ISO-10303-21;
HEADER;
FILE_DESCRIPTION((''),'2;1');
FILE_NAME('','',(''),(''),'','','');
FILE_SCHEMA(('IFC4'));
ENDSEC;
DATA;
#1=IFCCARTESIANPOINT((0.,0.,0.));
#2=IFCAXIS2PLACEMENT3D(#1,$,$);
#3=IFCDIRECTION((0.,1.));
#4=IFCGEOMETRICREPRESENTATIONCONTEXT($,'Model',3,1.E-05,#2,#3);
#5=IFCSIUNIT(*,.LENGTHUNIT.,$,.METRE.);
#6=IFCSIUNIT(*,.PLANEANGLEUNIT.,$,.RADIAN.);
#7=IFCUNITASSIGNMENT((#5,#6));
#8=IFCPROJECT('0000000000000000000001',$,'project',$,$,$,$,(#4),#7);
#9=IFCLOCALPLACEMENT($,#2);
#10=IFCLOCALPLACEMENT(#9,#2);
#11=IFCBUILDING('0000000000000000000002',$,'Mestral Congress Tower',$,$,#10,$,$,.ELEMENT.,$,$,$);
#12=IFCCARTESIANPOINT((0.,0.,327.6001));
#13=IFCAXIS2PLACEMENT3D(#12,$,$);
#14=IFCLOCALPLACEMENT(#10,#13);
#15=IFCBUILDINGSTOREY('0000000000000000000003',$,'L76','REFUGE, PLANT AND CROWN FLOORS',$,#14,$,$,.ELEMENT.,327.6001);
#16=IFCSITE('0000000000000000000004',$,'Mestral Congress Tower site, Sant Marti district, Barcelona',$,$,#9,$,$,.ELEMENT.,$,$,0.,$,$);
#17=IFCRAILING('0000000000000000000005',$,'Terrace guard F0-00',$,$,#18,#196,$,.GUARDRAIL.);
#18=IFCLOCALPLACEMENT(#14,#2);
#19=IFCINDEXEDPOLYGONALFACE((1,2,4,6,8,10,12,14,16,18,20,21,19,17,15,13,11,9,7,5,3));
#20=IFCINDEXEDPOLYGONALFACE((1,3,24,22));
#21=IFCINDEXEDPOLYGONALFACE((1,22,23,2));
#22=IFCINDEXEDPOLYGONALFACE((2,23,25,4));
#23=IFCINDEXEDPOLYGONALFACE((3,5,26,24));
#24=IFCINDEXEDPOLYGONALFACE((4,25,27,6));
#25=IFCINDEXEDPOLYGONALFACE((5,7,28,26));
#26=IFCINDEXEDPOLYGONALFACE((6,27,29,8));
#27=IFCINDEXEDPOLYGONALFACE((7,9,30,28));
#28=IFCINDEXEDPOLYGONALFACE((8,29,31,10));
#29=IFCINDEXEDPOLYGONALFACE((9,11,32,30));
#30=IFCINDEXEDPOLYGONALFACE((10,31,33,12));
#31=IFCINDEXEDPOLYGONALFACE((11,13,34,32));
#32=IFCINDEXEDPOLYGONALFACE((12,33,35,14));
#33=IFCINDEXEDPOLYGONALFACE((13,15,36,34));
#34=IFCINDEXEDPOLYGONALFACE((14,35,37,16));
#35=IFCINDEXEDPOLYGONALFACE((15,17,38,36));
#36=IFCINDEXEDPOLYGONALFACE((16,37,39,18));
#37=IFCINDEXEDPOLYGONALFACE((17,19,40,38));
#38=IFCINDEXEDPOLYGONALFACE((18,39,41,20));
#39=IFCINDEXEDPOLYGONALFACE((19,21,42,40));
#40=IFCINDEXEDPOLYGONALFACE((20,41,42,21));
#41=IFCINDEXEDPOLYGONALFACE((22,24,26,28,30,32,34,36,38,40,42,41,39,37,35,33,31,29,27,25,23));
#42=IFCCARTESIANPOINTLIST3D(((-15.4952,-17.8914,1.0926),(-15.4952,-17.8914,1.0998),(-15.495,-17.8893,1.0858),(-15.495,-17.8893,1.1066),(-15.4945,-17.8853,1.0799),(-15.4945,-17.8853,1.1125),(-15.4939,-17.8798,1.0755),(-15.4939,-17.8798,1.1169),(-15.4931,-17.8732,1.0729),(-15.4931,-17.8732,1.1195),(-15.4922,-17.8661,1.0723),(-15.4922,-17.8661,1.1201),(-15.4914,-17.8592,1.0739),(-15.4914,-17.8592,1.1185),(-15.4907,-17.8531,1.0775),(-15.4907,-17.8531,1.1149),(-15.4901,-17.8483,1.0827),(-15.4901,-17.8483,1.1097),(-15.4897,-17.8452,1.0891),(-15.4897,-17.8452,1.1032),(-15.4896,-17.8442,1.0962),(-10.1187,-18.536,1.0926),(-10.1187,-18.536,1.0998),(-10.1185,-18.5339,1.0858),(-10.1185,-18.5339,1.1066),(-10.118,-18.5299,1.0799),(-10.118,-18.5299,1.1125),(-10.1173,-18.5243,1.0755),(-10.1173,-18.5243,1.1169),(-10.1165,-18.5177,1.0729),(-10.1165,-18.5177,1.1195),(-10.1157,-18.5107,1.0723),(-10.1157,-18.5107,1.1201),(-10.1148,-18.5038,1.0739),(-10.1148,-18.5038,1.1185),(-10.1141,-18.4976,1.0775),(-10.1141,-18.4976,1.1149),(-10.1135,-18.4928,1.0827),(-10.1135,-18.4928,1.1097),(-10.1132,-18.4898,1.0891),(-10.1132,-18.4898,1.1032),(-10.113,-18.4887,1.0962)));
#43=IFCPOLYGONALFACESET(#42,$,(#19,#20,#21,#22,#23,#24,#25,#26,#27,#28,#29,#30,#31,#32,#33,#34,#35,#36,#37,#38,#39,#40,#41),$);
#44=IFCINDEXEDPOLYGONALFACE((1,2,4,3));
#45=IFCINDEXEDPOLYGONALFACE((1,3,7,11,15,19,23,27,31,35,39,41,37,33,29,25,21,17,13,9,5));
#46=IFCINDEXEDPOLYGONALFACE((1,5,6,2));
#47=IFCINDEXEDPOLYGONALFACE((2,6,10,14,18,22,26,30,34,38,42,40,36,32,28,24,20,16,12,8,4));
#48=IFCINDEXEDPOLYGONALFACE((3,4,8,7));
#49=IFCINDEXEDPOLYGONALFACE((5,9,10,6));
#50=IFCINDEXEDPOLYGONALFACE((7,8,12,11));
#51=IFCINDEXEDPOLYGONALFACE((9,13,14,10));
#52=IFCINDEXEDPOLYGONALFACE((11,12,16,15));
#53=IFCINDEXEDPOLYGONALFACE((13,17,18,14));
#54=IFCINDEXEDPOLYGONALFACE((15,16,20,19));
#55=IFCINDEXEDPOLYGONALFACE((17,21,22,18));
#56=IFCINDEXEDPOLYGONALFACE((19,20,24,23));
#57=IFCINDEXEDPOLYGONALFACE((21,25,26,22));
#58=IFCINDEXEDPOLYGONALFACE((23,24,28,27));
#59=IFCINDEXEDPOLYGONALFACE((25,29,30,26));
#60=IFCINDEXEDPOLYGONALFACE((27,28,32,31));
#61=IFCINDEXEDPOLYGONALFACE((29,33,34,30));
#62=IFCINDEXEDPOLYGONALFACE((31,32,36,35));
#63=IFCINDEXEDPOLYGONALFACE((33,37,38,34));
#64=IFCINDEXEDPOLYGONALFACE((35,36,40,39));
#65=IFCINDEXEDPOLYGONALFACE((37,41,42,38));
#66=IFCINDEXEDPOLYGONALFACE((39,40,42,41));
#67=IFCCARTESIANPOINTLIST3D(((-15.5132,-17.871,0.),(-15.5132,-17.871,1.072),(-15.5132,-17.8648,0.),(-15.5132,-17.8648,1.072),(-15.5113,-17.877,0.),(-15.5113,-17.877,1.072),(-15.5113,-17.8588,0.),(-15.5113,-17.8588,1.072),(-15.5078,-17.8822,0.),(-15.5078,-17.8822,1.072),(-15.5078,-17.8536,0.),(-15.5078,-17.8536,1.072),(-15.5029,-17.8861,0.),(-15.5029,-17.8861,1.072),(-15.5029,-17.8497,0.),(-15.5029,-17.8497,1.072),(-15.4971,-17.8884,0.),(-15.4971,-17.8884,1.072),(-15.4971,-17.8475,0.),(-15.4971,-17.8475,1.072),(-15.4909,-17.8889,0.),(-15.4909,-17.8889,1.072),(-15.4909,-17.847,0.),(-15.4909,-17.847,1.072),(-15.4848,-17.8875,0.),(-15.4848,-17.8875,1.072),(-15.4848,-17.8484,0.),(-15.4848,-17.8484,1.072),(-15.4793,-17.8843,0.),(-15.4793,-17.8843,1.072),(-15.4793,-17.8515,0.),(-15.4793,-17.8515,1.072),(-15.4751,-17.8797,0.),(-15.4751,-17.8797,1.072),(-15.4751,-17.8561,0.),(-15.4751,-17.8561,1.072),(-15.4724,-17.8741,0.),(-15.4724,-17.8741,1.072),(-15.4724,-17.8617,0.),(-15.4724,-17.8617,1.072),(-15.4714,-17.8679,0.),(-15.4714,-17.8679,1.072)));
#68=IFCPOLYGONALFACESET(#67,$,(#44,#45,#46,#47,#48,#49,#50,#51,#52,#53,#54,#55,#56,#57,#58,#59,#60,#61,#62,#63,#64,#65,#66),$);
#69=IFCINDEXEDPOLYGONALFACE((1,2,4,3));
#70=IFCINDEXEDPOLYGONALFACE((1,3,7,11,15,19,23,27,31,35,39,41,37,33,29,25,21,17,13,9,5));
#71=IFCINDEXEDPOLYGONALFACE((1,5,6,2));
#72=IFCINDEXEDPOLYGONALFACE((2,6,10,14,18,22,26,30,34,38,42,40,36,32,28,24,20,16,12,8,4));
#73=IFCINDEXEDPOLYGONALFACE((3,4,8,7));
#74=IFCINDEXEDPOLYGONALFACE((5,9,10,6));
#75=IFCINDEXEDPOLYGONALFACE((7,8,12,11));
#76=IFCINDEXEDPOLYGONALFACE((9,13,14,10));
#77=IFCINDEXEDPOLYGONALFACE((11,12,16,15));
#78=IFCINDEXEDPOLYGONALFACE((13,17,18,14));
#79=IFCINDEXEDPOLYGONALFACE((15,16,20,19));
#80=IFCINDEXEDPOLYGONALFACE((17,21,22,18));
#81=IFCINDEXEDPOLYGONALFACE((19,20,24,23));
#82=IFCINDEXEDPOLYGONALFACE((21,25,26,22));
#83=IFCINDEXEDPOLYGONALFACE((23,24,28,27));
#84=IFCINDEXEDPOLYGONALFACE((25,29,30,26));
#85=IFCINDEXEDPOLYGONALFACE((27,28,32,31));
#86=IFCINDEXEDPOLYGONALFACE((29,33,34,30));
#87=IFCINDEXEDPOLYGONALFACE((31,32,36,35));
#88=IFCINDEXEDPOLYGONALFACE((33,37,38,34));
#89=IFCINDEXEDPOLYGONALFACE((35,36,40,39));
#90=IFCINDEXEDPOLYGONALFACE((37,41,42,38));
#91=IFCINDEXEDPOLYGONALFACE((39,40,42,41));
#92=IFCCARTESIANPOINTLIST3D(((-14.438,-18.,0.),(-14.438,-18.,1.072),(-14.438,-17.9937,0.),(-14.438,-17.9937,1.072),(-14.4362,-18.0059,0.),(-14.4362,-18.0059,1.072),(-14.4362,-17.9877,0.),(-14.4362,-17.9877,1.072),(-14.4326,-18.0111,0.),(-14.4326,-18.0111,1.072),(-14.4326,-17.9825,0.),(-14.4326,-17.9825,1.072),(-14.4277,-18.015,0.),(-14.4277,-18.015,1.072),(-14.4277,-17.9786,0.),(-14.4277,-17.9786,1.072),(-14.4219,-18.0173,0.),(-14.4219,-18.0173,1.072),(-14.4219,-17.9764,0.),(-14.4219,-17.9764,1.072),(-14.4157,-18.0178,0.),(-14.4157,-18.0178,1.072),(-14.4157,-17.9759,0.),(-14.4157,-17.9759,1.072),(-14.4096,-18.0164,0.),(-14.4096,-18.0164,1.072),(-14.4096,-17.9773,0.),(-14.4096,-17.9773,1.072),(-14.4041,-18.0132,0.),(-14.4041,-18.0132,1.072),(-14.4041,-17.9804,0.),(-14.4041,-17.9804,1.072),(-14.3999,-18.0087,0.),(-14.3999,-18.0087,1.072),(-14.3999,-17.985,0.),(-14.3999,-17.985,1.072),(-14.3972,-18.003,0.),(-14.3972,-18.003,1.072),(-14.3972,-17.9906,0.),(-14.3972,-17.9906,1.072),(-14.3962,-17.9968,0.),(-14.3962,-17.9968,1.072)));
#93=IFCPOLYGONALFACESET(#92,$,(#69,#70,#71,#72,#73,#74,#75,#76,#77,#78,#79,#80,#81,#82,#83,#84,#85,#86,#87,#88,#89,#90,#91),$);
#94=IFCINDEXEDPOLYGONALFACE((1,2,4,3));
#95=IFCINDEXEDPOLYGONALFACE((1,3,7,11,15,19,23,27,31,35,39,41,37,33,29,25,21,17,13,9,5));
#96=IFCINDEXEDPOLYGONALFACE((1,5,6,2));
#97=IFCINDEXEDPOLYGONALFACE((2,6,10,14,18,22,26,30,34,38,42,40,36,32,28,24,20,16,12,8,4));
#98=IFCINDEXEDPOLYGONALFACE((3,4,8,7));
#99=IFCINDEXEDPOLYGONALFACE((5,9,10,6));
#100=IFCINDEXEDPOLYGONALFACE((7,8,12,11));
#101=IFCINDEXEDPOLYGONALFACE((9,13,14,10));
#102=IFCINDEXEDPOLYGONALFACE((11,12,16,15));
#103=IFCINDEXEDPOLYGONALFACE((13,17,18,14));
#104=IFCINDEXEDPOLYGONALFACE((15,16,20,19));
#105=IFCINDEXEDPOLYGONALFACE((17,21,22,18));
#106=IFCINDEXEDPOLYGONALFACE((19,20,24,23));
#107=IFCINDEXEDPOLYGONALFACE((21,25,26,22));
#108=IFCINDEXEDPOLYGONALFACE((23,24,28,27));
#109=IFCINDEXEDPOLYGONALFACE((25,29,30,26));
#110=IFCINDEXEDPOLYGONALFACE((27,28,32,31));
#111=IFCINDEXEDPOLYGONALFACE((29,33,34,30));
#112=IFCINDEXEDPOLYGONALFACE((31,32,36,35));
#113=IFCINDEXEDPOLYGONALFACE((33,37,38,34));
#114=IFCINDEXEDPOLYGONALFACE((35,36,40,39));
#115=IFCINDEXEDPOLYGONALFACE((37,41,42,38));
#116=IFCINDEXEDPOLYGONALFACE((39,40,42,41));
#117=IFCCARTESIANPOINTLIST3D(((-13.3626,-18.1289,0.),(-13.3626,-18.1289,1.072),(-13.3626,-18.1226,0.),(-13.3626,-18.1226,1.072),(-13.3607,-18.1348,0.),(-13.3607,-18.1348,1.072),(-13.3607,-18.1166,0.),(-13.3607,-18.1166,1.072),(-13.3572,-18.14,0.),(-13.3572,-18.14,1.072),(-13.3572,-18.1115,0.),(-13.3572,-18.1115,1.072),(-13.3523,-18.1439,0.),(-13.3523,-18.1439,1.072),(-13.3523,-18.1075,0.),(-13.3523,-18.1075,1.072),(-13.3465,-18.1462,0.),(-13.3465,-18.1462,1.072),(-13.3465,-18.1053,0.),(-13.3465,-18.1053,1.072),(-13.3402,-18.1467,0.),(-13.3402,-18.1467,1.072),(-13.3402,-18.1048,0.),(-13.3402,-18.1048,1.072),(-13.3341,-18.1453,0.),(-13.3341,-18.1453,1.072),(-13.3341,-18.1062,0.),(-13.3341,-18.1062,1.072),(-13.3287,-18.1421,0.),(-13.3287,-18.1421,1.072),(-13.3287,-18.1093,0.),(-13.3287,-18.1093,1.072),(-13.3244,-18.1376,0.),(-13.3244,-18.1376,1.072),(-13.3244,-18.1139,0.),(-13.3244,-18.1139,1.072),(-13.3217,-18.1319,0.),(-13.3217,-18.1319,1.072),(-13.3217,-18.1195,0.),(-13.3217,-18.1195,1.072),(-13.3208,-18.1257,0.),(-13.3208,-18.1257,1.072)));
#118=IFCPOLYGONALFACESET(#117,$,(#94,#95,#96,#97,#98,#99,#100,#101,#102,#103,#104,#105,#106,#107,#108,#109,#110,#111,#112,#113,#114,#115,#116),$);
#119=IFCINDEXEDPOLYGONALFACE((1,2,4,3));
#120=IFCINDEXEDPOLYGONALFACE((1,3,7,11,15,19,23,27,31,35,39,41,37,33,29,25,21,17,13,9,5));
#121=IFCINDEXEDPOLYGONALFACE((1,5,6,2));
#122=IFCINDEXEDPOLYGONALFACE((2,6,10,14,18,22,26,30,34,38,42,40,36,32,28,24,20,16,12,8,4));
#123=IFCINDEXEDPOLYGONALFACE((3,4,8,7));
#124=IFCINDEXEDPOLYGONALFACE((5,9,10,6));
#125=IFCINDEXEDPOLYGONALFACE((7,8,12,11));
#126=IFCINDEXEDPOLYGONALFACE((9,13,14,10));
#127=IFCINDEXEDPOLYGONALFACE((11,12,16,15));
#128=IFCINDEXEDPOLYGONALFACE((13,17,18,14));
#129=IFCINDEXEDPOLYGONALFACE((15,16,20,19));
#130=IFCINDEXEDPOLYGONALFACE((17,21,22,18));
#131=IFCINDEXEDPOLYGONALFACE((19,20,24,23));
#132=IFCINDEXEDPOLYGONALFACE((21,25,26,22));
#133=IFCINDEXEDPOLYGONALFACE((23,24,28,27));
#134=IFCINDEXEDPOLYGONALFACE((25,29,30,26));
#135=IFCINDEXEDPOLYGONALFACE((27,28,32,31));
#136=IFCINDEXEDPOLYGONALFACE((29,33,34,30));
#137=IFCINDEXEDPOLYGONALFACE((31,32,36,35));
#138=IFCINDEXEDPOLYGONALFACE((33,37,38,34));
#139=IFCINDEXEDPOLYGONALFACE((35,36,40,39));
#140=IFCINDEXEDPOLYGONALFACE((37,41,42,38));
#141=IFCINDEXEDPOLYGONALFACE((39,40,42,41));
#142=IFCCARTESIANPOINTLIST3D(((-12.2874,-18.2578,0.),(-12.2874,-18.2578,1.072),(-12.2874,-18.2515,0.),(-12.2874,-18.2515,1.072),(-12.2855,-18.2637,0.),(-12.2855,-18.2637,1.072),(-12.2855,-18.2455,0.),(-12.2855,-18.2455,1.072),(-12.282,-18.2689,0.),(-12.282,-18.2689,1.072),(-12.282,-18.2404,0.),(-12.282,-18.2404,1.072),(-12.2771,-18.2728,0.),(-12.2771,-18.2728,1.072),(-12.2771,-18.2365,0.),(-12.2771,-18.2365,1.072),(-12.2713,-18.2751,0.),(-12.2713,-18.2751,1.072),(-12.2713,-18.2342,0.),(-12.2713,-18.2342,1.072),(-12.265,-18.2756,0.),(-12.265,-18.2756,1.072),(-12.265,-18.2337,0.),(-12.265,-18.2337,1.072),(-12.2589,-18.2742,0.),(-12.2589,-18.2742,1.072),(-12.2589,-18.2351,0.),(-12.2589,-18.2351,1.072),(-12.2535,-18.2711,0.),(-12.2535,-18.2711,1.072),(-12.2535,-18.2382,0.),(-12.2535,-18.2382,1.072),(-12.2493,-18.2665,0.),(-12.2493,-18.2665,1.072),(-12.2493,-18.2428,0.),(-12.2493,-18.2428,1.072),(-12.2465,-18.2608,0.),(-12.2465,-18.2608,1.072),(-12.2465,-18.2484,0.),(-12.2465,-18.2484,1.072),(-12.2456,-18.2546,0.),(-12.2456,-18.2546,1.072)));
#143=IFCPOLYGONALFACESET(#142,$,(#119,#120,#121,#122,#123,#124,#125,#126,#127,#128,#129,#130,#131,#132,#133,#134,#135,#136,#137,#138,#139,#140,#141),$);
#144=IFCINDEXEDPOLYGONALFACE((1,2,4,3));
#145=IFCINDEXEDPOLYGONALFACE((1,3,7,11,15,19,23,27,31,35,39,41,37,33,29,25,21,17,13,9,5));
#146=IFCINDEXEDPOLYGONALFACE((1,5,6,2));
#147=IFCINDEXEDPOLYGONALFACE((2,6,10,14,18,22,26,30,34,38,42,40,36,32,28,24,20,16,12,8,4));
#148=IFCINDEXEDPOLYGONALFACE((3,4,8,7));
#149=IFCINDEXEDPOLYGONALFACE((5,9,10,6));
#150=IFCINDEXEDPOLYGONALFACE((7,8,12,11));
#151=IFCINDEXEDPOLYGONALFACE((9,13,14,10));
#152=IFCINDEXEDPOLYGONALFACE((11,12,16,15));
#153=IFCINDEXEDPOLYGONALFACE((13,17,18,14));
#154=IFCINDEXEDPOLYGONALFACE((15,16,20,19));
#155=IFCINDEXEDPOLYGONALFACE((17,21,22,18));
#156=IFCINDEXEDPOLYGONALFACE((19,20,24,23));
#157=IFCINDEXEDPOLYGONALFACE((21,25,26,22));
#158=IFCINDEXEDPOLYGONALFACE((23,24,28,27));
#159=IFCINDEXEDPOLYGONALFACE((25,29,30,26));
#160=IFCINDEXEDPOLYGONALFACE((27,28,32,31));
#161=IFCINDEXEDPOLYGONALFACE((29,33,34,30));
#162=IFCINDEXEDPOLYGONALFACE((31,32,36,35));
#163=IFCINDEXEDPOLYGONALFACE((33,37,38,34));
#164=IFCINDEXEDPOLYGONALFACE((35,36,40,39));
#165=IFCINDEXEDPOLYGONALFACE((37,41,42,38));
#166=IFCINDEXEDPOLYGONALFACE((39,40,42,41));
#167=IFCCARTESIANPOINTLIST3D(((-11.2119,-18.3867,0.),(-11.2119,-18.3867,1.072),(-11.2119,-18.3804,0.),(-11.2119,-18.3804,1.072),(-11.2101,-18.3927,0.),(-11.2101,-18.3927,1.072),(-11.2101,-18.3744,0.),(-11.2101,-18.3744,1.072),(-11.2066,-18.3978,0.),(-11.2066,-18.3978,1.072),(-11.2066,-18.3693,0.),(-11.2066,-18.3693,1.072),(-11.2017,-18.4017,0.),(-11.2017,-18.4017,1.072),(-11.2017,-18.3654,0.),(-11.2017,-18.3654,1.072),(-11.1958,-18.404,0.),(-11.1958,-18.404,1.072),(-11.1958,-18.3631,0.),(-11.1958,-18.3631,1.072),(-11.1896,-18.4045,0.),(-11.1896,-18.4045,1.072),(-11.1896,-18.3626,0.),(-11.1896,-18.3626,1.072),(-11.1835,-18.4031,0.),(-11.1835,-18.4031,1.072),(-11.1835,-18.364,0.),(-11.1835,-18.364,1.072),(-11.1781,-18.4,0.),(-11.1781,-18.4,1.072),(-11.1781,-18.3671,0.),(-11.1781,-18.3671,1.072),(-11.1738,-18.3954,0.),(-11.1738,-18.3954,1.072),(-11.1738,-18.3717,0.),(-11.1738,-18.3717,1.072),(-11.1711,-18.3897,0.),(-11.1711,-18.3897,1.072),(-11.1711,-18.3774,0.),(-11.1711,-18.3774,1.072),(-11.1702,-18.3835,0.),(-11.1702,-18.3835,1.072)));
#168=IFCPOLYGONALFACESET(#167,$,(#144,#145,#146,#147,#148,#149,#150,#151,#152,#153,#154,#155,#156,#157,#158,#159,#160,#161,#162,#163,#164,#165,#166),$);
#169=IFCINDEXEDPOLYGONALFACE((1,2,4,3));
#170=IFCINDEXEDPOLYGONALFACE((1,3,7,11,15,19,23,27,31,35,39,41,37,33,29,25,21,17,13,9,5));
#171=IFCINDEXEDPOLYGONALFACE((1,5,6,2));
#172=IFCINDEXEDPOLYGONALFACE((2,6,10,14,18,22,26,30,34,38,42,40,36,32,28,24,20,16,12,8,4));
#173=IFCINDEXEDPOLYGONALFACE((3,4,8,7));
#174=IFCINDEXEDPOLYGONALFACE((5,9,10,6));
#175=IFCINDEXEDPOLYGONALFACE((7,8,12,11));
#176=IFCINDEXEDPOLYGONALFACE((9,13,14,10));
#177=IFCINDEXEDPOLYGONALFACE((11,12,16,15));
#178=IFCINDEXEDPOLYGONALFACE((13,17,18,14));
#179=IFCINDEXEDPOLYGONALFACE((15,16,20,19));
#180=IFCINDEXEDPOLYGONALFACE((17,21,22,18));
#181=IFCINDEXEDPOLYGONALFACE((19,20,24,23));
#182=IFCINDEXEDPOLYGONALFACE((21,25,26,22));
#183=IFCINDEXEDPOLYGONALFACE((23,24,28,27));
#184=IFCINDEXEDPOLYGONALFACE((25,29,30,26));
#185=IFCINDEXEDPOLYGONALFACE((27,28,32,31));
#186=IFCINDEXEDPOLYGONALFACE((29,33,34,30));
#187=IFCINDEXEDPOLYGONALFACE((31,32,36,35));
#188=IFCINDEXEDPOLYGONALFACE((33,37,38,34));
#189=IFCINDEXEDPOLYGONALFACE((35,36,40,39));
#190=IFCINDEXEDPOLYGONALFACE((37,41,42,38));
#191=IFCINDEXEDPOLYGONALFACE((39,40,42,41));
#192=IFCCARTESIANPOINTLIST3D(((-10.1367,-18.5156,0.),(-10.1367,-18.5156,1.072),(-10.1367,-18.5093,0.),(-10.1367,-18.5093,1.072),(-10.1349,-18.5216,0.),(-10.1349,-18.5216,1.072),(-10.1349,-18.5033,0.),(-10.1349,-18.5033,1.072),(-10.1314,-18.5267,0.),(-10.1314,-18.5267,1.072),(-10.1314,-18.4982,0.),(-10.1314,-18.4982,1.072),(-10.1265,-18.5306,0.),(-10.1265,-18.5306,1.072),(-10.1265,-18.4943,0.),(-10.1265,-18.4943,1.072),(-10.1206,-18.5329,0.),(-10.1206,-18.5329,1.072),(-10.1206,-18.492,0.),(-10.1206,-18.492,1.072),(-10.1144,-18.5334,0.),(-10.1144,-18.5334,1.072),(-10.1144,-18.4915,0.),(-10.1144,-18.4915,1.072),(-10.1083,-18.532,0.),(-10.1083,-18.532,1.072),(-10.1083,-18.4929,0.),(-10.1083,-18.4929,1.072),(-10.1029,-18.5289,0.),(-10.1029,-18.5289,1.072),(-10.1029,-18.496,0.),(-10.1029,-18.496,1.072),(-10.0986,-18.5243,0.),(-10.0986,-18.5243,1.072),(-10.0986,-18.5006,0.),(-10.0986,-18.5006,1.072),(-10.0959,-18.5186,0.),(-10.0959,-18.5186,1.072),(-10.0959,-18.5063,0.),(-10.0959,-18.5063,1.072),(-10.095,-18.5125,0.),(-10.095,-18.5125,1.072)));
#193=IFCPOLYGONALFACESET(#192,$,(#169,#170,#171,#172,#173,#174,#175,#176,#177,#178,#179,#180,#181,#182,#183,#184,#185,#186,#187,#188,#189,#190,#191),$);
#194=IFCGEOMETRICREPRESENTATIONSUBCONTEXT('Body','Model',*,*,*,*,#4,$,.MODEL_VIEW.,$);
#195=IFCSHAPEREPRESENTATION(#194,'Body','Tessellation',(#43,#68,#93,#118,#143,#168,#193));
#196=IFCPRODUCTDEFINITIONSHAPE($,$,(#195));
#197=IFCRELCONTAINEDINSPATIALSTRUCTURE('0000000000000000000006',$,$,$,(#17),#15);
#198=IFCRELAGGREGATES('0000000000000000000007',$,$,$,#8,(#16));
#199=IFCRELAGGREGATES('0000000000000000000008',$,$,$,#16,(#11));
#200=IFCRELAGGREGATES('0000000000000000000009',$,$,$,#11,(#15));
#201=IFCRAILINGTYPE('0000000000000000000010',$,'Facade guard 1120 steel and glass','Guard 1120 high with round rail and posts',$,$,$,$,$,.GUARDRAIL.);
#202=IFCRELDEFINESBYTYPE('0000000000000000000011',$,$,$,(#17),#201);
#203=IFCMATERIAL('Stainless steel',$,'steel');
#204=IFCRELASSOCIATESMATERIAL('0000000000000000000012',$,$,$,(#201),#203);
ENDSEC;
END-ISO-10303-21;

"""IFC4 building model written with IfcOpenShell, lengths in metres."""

from ifc_helpers import new_model, si_unit, direction, frame, origin, origin_2d, place, context, subcontext, project, spatial, circle, extrude, material, type_object, element, save


model = new_model("IFC4")

# Units and contexts
model_context = context("Model", 3, precision=1e-05, world=origin(), true_north=direction((0.0, 1.0)))
body_context = subcontext(model_context, "Body", "Model", "MODEL_VIEW")
ifc_project = project(units=[si_unit("LENGTHUNIT", "METRE"), si_unit("PLANEANGLEUNIT", "RADIAN")], contexts=[model_context])

# Site, building, storey
site_placement = place(None, origin())
site = spatial("IfcSite", under=ifc_project, at=site_placement, Name="Mestral Congress Tower site, Sant Marti district, Barcelona", CompositionType="ELEMENT", RefElevation=0.0)
building_placement = place(site_placement, origin())
building = spatial("IfcBuilding", under=site, at=building_placement, Name="Mestral Congress Tower", CompositionType="ELEMENT")
storey_placement = place(building_placement, frame((0.0, 0.0, 327.6001)))
storey = spatial("IfcBuildingStorey", under=building, at=storey_placement, Name="L76", Description="REFUGE, PLANT AND CROWN FLOORS", CompositionType="ELEMENT", Elevation=327.6001)

# Railing
ifc_material_1 = material(Name="Stainless steel", Category="steel")
railing_type = type_object("IfcRailingType", Name="Facade guard 1120 steel and glass", Description="Guard 1120 high with round rail and posts", PredefinedType="GUARDRAIL", material=ifc_material_1)
railing_1_placement = place(storey_placement, frame((-15.4924, -17.8679, 0.0)))
element("IfcRailing", 1, at=railing_1_placement, inside=storey, type_object=railing_type, Name="Terrace guard F0-00", PredefinedType="GUARDRAIL", context=body_context, shape_type="SweptSolid", body=[
    extrude(circle(Radius=0.0239, at=origin_2d()), frame((0.0, 0.0, 1.0962), z_axis=(0.992891, -0.119028, 0.0), x_axis=(0.119028, 0.992891, 0.0)), (0.0, 0.0, 1.0), 5.415),
    extrude(circle(Radius=0.021, at=origin_2d()), origin(), (0.0, 0.0, 1.0), 1.072),
    extrude(circle(Radius=0.021, at=origin_2d()), frame((1.0752, -0.1289, 0.0)), (0.0, 0.0, 1.0), 1.072),
    extrude(circle(Radius=0.021, at=origin_2d()), frame((2.1506, -0.2578, 0.0)), (0.0, 0.0, 1.0), 1.072),
    extrude(circle(Radius=0.021, at=origin_2d()), frame((3.2258, -0.3867, 0.0)), (0.0, 0.0, 1.0), 1.072),
    extrude(circle(Radius=0.021, at=origin_2d()), frame((4.3013, -0.5156, 0.0)), (0.0, 0.0, 1.0), 1.072),
    extrude(circle(Radius=0.021, at=origin_2d()), frame((5.3765, -0.6445, 0.0)), (0.0, 0.0, 1.0), 1.072),
])

save(model, "model.ifc")
